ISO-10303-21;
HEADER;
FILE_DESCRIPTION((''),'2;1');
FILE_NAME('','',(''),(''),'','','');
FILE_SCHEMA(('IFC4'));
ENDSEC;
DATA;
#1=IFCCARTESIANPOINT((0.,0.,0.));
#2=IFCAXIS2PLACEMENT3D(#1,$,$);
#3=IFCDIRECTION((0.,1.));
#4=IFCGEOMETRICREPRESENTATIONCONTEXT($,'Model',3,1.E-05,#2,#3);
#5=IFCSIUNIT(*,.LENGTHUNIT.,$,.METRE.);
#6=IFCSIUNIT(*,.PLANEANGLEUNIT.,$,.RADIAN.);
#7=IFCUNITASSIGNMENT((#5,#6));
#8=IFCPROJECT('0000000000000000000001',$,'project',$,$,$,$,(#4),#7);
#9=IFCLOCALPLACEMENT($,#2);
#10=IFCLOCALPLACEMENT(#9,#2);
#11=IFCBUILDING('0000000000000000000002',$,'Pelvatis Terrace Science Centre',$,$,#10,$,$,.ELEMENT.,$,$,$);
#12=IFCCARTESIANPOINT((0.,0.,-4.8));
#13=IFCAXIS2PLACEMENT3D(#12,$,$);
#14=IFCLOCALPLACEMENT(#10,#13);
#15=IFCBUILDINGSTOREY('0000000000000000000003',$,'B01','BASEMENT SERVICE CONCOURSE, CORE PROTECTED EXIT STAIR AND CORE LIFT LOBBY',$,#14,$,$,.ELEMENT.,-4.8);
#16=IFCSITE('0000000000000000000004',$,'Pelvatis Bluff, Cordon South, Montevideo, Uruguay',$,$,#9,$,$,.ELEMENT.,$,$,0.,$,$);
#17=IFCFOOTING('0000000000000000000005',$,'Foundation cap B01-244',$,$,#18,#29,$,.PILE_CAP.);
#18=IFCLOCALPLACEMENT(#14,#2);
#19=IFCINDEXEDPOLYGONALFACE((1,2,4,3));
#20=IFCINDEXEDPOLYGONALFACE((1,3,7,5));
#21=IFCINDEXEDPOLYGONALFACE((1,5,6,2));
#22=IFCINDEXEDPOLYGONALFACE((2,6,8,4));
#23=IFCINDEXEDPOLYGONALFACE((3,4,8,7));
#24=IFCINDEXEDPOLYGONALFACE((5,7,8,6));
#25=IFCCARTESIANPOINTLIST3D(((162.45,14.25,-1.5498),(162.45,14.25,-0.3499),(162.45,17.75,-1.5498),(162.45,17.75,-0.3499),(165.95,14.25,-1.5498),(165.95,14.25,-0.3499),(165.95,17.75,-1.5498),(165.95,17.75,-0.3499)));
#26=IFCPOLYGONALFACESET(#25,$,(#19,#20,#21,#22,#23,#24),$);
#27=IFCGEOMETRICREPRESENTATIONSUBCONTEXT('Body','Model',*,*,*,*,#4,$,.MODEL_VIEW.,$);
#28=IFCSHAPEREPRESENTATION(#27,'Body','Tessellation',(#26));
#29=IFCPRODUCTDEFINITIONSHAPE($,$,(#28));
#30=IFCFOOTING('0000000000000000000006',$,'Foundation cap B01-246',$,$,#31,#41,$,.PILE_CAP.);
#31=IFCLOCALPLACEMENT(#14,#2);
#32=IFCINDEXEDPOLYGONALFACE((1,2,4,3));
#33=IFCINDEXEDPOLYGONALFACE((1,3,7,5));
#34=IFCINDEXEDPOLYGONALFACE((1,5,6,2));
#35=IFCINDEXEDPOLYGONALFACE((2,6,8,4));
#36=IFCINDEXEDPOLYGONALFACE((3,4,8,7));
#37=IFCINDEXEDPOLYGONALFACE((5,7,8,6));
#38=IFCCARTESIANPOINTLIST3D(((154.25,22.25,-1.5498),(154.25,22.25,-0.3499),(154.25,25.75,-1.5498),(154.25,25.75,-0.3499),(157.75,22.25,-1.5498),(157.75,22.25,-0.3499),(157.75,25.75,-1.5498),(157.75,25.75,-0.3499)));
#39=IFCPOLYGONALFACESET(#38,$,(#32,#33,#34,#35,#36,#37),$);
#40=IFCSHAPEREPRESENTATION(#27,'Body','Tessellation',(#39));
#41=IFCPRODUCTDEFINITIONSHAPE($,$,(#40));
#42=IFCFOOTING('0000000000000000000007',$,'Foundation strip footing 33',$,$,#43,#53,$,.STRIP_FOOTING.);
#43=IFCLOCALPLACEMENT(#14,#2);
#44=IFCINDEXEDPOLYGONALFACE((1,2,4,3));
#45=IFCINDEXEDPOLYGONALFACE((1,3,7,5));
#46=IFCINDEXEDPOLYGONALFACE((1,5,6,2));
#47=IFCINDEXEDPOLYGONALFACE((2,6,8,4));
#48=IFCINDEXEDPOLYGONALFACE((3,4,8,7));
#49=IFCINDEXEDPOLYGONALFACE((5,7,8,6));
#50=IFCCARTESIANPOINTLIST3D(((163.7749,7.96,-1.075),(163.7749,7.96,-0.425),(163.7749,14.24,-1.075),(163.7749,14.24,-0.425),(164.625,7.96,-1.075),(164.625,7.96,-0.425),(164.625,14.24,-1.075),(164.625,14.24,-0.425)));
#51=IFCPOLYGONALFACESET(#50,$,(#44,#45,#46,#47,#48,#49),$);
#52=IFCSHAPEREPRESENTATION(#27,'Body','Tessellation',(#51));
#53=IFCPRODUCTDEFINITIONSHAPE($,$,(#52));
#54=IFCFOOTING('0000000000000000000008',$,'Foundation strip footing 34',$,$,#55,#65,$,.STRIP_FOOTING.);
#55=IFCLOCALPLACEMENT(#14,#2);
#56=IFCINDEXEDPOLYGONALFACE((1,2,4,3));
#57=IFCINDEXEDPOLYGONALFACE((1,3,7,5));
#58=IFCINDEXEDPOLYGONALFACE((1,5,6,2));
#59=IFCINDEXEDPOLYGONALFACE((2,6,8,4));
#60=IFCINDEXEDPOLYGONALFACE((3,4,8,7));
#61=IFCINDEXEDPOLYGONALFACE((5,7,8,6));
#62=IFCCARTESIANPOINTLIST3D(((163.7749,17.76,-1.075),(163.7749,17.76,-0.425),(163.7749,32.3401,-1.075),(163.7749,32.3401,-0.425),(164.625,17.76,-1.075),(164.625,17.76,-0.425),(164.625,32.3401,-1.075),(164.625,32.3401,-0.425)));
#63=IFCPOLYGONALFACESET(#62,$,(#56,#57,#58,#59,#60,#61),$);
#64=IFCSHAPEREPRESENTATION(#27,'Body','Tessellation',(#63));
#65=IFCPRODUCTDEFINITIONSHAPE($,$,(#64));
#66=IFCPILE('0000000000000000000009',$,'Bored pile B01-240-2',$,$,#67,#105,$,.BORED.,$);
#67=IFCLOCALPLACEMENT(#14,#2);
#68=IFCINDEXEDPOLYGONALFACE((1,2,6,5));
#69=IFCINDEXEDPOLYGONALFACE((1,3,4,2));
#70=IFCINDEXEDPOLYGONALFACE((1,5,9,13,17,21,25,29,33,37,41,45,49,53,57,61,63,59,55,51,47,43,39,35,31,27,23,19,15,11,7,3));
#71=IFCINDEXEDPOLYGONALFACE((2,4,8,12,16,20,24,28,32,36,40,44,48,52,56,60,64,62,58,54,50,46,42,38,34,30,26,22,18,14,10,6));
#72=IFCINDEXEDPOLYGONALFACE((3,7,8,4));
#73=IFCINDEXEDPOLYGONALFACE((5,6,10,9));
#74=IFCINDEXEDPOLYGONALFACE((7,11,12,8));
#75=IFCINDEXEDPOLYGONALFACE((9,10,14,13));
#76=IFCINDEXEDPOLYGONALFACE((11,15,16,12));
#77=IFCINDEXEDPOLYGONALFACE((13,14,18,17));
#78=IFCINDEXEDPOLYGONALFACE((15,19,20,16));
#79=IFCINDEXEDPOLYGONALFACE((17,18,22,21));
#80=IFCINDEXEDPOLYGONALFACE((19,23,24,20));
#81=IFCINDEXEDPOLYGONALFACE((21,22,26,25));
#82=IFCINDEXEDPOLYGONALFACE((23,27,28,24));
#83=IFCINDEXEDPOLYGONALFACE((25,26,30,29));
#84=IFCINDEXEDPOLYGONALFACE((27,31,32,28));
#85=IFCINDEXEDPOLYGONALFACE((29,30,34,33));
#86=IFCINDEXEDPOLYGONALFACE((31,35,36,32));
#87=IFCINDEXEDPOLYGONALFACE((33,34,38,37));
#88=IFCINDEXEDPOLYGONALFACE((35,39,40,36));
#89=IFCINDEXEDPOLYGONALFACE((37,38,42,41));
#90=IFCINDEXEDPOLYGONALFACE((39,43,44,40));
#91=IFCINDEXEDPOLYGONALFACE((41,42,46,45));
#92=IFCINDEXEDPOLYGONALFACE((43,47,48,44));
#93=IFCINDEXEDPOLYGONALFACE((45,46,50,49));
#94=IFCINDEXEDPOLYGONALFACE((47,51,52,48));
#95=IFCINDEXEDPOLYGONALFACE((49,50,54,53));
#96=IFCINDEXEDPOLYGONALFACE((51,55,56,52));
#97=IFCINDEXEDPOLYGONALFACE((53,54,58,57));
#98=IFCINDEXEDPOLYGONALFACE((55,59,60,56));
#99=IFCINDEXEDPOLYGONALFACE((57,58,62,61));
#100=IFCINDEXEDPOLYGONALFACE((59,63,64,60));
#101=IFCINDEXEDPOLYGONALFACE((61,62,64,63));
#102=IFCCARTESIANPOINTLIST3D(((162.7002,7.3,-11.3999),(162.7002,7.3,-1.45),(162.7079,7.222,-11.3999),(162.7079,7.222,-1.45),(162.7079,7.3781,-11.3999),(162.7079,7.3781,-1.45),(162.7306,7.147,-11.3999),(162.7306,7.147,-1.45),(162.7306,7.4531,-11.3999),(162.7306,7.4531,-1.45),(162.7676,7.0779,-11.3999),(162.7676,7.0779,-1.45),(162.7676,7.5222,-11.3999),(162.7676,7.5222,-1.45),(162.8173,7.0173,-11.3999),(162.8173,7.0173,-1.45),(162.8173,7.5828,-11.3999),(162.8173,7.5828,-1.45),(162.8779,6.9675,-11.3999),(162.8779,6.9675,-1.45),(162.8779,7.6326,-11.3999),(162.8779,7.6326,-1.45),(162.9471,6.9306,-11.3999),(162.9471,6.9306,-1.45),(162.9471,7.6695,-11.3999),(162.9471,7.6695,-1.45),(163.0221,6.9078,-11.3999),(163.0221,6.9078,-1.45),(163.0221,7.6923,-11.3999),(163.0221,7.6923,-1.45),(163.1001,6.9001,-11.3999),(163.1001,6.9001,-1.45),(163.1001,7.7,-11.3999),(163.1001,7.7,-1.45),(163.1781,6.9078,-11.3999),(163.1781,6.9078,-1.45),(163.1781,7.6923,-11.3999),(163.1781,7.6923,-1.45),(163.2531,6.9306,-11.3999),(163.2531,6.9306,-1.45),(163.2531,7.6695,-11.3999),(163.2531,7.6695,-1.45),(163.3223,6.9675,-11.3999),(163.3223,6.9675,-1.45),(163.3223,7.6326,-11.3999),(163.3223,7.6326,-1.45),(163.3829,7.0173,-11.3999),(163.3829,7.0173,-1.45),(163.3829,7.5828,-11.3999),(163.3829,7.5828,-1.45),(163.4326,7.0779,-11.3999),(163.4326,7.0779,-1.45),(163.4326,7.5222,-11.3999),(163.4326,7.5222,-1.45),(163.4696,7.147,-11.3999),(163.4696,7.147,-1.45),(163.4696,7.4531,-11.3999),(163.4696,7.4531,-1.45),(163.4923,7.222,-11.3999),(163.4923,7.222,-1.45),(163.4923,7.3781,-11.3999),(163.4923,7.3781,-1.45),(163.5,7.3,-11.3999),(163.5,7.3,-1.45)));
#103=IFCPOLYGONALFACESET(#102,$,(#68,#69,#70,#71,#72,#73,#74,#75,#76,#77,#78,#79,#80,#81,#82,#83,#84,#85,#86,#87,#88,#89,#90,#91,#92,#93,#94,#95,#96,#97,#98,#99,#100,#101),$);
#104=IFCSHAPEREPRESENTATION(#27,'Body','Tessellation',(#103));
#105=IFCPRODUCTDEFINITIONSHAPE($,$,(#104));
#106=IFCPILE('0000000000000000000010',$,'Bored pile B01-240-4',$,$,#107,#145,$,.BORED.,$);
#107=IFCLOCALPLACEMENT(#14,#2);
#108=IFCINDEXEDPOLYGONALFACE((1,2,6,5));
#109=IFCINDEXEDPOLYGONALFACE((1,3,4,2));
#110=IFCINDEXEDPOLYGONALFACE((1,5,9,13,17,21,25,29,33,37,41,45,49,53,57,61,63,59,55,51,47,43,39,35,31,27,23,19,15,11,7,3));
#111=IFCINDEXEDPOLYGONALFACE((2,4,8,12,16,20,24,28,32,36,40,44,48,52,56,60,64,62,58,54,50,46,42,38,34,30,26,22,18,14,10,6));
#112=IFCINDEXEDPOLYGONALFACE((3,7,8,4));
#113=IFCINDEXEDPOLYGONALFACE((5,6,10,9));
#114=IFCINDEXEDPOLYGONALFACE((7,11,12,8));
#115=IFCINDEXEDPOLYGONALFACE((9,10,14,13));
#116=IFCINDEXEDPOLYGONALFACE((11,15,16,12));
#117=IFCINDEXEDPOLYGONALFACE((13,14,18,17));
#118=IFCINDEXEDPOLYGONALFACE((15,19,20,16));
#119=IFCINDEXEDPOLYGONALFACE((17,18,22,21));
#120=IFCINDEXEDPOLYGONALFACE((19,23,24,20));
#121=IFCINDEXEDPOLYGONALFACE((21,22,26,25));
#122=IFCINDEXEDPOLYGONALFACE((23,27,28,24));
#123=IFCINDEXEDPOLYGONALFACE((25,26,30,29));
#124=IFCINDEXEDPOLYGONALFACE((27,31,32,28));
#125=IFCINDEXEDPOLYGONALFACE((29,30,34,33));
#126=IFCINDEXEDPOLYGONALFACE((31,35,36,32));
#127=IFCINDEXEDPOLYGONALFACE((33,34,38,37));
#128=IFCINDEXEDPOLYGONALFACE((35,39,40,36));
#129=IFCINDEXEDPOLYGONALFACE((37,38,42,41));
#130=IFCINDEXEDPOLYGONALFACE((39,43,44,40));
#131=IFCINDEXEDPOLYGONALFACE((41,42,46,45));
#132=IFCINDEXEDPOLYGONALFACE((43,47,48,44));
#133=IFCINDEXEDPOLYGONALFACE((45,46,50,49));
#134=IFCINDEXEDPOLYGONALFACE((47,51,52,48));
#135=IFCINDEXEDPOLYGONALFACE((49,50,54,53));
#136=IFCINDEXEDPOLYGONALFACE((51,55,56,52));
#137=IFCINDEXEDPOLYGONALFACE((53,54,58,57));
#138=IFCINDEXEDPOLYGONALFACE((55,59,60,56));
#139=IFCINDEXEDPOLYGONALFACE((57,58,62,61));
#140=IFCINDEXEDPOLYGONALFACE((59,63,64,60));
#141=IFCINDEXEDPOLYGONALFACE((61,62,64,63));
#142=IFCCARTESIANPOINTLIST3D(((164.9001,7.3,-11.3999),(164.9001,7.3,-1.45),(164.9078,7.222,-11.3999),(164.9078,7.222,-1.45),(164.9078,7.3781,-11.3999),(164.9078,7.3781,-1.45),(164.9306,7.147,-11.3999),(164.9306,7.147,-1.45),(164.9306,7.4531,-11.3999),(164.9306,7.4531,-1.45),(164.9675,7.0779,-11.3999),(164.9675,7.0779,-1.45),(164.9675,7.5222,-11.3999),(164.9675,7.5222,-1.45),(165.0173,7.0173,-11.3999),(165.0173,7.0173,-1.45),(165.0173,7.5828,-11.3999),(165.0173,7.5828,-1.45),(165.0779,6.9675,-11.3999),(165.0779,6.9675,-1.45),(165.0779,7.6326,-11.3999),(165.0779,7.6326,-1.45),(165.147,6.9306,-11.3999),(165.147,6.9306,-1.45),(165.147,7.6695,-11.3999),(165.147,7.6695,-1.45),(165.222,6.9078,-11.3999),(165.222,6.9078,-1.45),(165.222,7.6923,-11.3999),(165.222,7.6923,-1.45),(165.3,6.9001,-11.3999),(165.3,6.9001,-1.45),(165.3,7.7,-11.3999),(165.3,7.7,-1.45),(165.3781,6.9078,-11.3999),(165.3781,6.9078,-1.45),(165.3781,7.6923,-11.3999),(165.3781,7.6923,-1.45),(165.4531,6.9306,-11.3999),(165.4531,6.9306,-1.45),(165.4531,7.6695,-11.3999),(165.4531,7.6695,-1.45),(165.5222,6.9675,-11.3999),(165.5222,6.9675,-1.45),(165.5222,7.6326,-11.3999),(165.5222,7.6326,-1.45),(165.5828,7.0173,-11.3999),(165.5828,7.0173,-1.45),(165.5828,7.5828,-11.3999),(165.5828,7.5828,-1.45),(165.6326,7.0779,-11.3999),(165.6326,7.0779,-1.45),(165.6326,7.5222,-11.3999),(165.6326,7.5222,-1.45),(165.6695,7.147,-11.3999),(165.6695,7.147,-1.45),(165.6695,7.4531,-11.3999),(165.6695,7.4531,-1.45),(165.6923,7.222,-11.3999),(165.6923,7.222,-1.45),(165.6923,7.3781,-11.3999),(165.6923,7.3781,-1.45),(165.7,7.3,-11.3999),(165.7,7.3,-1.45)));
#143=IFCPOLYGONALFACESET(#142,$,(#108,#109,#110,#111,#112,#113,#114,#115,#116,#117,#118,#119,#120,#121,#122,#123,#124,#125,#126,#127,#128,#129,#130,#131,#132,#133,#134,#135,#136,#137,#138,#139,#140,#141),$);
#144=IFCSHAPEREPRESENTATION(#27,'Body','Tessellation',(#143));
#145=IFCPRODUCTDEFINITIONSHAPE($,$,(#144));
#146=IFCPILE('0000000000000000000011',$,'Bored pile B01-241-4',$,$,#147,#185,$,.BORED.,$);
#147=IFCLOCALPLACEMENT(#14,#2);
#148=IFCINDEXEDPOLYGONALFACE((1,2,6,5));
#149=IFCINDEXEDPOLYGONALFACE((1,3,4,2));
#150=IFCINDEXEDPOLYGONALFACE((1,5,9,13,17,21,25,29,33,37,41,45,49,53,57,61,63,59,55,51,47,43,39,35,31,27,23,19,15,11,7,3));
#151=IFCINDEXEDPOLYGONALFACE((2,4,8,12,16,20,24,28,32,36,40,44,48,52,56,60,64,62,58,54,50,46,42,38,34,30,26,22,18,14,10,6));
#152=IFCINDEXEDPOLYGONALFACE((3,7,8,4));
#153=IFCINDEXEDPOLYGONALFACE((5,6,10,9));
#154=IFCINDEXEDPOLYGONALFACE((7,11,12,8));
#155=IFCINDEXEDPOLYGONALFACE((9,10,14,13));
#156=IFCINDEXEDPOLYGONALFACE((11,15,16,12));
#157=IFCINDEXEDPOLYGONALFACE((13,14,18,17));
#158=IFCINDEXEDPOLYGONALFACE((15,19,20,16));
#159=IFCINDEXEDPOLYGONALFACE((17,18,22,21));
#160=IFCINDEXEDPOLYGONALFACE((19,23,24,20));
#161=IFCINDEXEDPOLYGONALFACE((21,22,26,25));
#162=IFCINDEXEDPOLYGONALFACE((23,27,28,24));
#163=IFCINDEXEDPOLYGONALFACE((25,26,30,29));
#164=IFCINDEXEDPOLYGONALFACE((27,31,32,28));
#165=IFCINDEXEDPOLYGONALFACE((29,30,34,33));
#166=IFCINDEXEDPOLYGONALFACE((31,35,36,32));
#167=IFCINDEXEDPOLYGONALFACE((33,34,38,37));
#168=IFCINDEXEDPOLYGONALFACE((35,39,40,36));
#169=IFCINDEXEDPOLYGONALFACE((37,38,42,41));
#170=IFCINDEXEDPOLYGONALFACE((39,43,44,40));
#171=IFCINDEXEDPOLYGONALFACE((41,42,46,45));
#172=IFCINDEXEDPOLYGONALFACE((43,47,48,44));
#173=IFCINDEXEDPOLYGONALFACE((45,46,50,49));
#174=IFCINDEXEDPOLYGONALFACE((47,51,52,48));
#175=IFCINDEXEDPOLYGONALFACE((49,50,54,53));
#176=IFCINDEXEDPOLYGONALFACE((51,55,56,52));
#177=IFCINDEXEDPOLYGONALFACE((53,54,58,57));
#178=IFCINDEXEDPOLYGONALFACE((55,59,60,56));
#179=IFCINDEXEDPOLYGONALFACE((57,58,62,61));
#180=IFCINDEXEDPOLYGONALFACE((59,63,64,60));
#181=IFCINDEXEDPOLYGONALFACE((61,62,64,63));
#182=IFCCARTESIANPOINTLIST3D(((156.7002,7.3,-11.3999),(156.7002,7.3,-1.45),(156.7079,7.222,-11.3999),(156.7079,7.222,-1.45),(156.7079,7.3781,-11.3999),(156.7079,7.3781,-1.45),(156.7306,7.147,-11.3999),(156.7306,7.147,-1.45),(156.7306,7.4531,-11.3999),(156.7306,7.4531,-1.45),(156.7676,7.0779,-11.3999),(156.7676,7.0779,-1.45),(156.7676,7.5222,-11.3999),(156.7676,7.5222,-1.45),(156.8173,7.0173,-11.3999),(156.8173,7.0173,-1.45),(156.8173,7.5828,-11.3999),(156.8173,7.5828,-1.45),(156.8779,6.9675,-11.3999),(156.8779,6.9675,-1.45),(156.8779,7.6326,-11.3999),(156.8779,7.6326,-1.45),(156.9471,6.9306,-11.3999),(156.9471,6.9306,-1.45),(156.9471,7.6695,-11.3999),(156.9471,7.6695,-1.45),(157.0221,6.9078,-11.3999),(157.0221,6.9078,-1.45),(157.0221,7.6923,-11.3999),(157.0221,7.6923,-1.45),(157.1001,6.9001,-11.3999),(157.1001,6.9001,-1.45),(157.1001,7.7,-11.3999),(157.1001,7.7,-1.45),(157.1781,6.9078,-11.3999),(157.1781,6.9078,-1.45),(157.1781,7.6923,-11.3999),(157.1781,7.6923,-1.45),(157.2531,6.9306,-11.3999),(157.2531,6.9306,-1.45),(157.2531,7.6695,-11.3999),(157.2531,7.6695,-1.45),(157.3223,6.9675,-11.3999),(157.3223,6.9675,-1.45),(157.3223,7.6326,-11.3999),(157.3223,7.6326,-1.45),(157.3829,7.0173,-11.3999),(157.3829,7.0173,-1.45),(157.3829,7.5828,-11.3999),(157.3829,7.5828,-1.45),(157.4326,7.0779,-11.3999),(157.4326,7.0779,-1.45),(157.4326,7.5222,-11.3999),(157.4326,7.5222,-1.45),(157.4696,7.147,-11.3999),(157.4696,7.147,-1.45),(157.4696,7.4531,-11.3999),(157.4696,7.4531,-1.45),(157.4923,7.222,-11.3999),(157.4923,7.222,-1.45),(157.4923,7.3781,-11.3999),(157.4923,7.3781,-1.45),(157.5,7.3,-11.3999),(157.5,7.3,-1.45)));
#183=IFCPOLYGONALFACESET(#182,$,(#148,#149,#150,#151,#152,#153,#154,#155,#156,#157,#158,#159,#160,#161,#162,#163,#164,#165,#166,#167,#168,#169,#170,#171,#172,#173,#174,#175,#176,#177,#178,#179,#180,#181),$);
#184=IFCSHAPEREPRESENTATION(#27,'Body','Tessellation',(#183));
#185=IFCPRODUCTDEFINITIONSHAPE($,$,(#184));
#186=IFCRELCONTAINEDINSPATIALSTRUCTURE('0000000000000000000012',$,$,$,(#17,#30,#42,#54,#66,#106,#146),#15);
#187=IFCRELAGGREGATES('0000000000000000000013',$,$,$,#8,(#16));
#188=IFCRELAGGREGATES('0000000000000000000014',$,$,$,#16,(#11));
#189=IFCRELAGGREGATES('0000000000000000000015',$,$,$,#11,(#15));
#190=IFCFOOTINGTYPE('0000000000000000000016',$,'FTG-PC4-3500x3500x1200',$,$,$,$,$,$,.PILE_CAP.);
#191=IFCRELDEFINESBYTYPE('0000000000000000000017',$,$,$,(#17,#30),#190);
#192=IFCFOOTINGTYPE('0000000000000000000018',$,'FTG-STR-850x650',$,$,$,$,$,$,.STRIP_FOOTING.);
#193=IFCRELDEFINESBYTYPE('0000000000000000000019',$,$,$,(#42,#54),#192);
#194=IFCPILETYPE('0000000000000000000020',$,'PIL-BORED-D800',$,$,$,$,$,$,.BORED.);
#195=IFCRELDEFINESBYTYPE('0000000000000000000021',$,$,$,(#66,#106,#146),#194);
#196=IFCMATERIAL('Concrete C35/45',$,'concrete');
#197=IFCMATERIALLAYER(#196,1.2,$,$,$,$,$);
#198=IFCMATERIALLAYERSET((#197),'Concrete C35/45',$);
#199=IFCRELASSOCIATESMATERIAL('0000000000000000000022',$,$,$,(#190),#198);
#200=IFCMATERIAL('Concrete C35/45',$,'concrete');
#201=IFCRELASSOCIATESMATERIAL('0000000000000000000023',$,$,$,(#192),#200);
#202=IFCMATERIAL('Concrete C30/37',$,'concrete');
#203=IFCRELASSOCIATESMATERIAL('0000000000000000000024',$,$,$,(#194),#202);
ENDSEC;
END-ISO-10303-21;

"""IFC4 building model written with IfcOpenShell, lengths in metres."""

from ifc_helpers import new_model, si_unit, direction, frame, origin, origin_2d, place, context, subcontext, project, spatial, rectangle, circle, extrude, material, layer, layer_set, material_profile, profile_set, type_object, element, save


model = new_model("IFC4")

# Units and contexts
model_context = context("Model", 3, precision=1e-05, world=origin(), true_north=direction((0.0, 1.0)))
body_context = subcontext(model_context, "Body", "Model", "MODEL_VIEW")
ifc_project = project(units=[si_unit("LENGTHUNIT", "METRE"), si_unit("PLANEANGLEUNIT", "RADIAN")], contexts=[model_context])

# Site, building, storey
site_placement = place(None, origin())
site = spatial("IfcSite", under=ifc_project, at=site_placement, Name="Pelvatis Bluff, Cordon South, Montevideo, Uruguay", CompositionType="ELEMENT", RefElevation=0.0)
building_placement = place(site_placement, origin())
building = spatial("IfcBuilding", under=site, at=building_placement, Name="Pelvatis Terrace Science Centre", CompositionType="ELEMENT")
storey_placement = place(building_placement, frame((0.0, 0.0, -4.8)))
storey = spatial("IfcBuildingStorey", under=building, at=storey_placement, Name="B01", Description="BASEMENT SERVICE CONCOURSE, CORE PROTECTED EXIT STAIR AND CORE LIFT LOBBY", CompositionType="ELEMENT", Elevation=-4.8)

# Footings
ifc_material_1 = material(Name="Concrete C35/45", Category="concrete")
ifc_layer_1 = layer(ifc_material_1, 1.2)
ifc_layer_set_1 = layer_set([ifc_layer_1], Name="Concrete C35/45")
footing_type_1 = type_object("IfcFootingType", Name="FTG-PC4-3500x3500x1200", PredefinedType="PILE_CAP", material=ifc_layer_set_1)
for number, where, z_axis, x_axis, name in (
    (1, (164.2, 16.0, -1.5498), (0.0, 0.0, 1.0), (1.0, 0.0, 0.0), "Foundation cap B01-244"),
    (2, (156.0, 24.0, -1.5498), (0.0, 0.0, 1.0), (1.0, 0.0, 0.0), "Foundation cap B01-246"),
):
    element("IfcFooting", number, at=place(storey_placement, frame(where, z_axis=z_axis, x_axis=x_axis)), inside=storey, type_object=footing_type_1, Name=name, PredefinedType="PILE_CAP", context=body_context, shape_type="SweptSolid", body=[
        extrude(rectangle(XDim=3.5, YDim=3.5, at=origin_2d()), origin(), (0.0, 0.0, 1.0), 1.2),
    ])
ifc_material_2 = material(Name="Concrete C35/45", Category="concrete")
ifc_material_profile_1 = material_profile(ifc_material_2, rectangle(XDim=0.8501, YDim=0.6499, at=origin_2d()), Name="RC-STR 850x650")
ifc_profile_set_1 = profile_set([ifc_material_profile_1], Name="Concrete C35/45")
footing_type_2 = type_object("IfcFootingType", Name="FTG-STR-850x650", PredefinedType="STRIP_FOOTING", material=ifc_profile_set_1)
footing_1_placement = place(storey_placement, frame((164.2, 7.96, -0.75), z_axis=(0.0, 1.0, 0.0), x_axis=(-1.0, 0.0, 0.0)))
element("IfcFooting", 3, at=footing_1_placement, inside=storey, type_object=footing_type_2, Name="Foundation strip footing 33", PredefinedType="STRIP_FOOTING", context=body_context, shape_type="SweptSolid", body=[
    extrude(rectangle(XDim=0.8501, YDim=0.6499, at=origin_2d()), origin(), (0.0, 0.0, 1.0), 6.28),
])
footing_2_placement = place(storey_placement, frame((164.2, 17.76, -0.75), z_axis=(0.0, 1.0, 0.0), x_axis=(-1.0, 0.0, 0.0)))
element("IfcFooting", 4, at=footing_2_placement, inside=storey, type_object=footing_type_2, Name="Foundation strip footing 34", PredefinedType="STRIP_FOOTING", context=body_context, shape_type="SweptSolid", body=[
    extrude(rectangle(XDim=0.8501, YDim=0.6499, at=origin_2d()), origin(), (0.0, 0.0, 1.0), 14.5801),
])

# Piles
ifc_material_3 = material(Name="Concrete C30/37", Category="concrete")
ifc_material_profile_2 = material_profile(ifc_material_3, circle(Radius=0.3999, at=origin_2d()), Name="PILE D800")
ifc_profile_set_2 = profile_set([ifc_material_profile_2], Name="Concrete C30/37")
pile_type = type_object("IfcPileType", Name="PIL-BORED-D800", PredefinedType="BORED", material=ifc_profile_set_2)
for number, where, z_axis, x_axis, name in (
    (5, (163.1001, 7.3, -1.45), (0.0, 0.0, -1.0), (1.0, 0.0, 0.0), "Bored pile B01-240-2"),
    (6, (165.3, 7.3, -1.45), (0.0, 0.0, -1.0), (1.0, 0.0, 0.0), "Bored pile B01-240-4"),
    (7, (157.1001, 7.3, -1.45), (0.0, 0.0, -1.0), (1.0, 0.0, 0.0), "Bored pile B01-241-4"),
):
    element("IfcPile", number, at=place(storey_placement, frame(where, z_axis=z_axis, x_axis=x_axis)), inside=storey, type_object=pile_type, Name=name, PredefinedType="BORED", context=body_context, shape_type="SweptSolid", body=[
        extrude(circle(Radius=0.3999, at=origin_2d()), origin(), (0.0, 0.0, 1.0), 9.95),
    ])

save(model, "model.ifc")
